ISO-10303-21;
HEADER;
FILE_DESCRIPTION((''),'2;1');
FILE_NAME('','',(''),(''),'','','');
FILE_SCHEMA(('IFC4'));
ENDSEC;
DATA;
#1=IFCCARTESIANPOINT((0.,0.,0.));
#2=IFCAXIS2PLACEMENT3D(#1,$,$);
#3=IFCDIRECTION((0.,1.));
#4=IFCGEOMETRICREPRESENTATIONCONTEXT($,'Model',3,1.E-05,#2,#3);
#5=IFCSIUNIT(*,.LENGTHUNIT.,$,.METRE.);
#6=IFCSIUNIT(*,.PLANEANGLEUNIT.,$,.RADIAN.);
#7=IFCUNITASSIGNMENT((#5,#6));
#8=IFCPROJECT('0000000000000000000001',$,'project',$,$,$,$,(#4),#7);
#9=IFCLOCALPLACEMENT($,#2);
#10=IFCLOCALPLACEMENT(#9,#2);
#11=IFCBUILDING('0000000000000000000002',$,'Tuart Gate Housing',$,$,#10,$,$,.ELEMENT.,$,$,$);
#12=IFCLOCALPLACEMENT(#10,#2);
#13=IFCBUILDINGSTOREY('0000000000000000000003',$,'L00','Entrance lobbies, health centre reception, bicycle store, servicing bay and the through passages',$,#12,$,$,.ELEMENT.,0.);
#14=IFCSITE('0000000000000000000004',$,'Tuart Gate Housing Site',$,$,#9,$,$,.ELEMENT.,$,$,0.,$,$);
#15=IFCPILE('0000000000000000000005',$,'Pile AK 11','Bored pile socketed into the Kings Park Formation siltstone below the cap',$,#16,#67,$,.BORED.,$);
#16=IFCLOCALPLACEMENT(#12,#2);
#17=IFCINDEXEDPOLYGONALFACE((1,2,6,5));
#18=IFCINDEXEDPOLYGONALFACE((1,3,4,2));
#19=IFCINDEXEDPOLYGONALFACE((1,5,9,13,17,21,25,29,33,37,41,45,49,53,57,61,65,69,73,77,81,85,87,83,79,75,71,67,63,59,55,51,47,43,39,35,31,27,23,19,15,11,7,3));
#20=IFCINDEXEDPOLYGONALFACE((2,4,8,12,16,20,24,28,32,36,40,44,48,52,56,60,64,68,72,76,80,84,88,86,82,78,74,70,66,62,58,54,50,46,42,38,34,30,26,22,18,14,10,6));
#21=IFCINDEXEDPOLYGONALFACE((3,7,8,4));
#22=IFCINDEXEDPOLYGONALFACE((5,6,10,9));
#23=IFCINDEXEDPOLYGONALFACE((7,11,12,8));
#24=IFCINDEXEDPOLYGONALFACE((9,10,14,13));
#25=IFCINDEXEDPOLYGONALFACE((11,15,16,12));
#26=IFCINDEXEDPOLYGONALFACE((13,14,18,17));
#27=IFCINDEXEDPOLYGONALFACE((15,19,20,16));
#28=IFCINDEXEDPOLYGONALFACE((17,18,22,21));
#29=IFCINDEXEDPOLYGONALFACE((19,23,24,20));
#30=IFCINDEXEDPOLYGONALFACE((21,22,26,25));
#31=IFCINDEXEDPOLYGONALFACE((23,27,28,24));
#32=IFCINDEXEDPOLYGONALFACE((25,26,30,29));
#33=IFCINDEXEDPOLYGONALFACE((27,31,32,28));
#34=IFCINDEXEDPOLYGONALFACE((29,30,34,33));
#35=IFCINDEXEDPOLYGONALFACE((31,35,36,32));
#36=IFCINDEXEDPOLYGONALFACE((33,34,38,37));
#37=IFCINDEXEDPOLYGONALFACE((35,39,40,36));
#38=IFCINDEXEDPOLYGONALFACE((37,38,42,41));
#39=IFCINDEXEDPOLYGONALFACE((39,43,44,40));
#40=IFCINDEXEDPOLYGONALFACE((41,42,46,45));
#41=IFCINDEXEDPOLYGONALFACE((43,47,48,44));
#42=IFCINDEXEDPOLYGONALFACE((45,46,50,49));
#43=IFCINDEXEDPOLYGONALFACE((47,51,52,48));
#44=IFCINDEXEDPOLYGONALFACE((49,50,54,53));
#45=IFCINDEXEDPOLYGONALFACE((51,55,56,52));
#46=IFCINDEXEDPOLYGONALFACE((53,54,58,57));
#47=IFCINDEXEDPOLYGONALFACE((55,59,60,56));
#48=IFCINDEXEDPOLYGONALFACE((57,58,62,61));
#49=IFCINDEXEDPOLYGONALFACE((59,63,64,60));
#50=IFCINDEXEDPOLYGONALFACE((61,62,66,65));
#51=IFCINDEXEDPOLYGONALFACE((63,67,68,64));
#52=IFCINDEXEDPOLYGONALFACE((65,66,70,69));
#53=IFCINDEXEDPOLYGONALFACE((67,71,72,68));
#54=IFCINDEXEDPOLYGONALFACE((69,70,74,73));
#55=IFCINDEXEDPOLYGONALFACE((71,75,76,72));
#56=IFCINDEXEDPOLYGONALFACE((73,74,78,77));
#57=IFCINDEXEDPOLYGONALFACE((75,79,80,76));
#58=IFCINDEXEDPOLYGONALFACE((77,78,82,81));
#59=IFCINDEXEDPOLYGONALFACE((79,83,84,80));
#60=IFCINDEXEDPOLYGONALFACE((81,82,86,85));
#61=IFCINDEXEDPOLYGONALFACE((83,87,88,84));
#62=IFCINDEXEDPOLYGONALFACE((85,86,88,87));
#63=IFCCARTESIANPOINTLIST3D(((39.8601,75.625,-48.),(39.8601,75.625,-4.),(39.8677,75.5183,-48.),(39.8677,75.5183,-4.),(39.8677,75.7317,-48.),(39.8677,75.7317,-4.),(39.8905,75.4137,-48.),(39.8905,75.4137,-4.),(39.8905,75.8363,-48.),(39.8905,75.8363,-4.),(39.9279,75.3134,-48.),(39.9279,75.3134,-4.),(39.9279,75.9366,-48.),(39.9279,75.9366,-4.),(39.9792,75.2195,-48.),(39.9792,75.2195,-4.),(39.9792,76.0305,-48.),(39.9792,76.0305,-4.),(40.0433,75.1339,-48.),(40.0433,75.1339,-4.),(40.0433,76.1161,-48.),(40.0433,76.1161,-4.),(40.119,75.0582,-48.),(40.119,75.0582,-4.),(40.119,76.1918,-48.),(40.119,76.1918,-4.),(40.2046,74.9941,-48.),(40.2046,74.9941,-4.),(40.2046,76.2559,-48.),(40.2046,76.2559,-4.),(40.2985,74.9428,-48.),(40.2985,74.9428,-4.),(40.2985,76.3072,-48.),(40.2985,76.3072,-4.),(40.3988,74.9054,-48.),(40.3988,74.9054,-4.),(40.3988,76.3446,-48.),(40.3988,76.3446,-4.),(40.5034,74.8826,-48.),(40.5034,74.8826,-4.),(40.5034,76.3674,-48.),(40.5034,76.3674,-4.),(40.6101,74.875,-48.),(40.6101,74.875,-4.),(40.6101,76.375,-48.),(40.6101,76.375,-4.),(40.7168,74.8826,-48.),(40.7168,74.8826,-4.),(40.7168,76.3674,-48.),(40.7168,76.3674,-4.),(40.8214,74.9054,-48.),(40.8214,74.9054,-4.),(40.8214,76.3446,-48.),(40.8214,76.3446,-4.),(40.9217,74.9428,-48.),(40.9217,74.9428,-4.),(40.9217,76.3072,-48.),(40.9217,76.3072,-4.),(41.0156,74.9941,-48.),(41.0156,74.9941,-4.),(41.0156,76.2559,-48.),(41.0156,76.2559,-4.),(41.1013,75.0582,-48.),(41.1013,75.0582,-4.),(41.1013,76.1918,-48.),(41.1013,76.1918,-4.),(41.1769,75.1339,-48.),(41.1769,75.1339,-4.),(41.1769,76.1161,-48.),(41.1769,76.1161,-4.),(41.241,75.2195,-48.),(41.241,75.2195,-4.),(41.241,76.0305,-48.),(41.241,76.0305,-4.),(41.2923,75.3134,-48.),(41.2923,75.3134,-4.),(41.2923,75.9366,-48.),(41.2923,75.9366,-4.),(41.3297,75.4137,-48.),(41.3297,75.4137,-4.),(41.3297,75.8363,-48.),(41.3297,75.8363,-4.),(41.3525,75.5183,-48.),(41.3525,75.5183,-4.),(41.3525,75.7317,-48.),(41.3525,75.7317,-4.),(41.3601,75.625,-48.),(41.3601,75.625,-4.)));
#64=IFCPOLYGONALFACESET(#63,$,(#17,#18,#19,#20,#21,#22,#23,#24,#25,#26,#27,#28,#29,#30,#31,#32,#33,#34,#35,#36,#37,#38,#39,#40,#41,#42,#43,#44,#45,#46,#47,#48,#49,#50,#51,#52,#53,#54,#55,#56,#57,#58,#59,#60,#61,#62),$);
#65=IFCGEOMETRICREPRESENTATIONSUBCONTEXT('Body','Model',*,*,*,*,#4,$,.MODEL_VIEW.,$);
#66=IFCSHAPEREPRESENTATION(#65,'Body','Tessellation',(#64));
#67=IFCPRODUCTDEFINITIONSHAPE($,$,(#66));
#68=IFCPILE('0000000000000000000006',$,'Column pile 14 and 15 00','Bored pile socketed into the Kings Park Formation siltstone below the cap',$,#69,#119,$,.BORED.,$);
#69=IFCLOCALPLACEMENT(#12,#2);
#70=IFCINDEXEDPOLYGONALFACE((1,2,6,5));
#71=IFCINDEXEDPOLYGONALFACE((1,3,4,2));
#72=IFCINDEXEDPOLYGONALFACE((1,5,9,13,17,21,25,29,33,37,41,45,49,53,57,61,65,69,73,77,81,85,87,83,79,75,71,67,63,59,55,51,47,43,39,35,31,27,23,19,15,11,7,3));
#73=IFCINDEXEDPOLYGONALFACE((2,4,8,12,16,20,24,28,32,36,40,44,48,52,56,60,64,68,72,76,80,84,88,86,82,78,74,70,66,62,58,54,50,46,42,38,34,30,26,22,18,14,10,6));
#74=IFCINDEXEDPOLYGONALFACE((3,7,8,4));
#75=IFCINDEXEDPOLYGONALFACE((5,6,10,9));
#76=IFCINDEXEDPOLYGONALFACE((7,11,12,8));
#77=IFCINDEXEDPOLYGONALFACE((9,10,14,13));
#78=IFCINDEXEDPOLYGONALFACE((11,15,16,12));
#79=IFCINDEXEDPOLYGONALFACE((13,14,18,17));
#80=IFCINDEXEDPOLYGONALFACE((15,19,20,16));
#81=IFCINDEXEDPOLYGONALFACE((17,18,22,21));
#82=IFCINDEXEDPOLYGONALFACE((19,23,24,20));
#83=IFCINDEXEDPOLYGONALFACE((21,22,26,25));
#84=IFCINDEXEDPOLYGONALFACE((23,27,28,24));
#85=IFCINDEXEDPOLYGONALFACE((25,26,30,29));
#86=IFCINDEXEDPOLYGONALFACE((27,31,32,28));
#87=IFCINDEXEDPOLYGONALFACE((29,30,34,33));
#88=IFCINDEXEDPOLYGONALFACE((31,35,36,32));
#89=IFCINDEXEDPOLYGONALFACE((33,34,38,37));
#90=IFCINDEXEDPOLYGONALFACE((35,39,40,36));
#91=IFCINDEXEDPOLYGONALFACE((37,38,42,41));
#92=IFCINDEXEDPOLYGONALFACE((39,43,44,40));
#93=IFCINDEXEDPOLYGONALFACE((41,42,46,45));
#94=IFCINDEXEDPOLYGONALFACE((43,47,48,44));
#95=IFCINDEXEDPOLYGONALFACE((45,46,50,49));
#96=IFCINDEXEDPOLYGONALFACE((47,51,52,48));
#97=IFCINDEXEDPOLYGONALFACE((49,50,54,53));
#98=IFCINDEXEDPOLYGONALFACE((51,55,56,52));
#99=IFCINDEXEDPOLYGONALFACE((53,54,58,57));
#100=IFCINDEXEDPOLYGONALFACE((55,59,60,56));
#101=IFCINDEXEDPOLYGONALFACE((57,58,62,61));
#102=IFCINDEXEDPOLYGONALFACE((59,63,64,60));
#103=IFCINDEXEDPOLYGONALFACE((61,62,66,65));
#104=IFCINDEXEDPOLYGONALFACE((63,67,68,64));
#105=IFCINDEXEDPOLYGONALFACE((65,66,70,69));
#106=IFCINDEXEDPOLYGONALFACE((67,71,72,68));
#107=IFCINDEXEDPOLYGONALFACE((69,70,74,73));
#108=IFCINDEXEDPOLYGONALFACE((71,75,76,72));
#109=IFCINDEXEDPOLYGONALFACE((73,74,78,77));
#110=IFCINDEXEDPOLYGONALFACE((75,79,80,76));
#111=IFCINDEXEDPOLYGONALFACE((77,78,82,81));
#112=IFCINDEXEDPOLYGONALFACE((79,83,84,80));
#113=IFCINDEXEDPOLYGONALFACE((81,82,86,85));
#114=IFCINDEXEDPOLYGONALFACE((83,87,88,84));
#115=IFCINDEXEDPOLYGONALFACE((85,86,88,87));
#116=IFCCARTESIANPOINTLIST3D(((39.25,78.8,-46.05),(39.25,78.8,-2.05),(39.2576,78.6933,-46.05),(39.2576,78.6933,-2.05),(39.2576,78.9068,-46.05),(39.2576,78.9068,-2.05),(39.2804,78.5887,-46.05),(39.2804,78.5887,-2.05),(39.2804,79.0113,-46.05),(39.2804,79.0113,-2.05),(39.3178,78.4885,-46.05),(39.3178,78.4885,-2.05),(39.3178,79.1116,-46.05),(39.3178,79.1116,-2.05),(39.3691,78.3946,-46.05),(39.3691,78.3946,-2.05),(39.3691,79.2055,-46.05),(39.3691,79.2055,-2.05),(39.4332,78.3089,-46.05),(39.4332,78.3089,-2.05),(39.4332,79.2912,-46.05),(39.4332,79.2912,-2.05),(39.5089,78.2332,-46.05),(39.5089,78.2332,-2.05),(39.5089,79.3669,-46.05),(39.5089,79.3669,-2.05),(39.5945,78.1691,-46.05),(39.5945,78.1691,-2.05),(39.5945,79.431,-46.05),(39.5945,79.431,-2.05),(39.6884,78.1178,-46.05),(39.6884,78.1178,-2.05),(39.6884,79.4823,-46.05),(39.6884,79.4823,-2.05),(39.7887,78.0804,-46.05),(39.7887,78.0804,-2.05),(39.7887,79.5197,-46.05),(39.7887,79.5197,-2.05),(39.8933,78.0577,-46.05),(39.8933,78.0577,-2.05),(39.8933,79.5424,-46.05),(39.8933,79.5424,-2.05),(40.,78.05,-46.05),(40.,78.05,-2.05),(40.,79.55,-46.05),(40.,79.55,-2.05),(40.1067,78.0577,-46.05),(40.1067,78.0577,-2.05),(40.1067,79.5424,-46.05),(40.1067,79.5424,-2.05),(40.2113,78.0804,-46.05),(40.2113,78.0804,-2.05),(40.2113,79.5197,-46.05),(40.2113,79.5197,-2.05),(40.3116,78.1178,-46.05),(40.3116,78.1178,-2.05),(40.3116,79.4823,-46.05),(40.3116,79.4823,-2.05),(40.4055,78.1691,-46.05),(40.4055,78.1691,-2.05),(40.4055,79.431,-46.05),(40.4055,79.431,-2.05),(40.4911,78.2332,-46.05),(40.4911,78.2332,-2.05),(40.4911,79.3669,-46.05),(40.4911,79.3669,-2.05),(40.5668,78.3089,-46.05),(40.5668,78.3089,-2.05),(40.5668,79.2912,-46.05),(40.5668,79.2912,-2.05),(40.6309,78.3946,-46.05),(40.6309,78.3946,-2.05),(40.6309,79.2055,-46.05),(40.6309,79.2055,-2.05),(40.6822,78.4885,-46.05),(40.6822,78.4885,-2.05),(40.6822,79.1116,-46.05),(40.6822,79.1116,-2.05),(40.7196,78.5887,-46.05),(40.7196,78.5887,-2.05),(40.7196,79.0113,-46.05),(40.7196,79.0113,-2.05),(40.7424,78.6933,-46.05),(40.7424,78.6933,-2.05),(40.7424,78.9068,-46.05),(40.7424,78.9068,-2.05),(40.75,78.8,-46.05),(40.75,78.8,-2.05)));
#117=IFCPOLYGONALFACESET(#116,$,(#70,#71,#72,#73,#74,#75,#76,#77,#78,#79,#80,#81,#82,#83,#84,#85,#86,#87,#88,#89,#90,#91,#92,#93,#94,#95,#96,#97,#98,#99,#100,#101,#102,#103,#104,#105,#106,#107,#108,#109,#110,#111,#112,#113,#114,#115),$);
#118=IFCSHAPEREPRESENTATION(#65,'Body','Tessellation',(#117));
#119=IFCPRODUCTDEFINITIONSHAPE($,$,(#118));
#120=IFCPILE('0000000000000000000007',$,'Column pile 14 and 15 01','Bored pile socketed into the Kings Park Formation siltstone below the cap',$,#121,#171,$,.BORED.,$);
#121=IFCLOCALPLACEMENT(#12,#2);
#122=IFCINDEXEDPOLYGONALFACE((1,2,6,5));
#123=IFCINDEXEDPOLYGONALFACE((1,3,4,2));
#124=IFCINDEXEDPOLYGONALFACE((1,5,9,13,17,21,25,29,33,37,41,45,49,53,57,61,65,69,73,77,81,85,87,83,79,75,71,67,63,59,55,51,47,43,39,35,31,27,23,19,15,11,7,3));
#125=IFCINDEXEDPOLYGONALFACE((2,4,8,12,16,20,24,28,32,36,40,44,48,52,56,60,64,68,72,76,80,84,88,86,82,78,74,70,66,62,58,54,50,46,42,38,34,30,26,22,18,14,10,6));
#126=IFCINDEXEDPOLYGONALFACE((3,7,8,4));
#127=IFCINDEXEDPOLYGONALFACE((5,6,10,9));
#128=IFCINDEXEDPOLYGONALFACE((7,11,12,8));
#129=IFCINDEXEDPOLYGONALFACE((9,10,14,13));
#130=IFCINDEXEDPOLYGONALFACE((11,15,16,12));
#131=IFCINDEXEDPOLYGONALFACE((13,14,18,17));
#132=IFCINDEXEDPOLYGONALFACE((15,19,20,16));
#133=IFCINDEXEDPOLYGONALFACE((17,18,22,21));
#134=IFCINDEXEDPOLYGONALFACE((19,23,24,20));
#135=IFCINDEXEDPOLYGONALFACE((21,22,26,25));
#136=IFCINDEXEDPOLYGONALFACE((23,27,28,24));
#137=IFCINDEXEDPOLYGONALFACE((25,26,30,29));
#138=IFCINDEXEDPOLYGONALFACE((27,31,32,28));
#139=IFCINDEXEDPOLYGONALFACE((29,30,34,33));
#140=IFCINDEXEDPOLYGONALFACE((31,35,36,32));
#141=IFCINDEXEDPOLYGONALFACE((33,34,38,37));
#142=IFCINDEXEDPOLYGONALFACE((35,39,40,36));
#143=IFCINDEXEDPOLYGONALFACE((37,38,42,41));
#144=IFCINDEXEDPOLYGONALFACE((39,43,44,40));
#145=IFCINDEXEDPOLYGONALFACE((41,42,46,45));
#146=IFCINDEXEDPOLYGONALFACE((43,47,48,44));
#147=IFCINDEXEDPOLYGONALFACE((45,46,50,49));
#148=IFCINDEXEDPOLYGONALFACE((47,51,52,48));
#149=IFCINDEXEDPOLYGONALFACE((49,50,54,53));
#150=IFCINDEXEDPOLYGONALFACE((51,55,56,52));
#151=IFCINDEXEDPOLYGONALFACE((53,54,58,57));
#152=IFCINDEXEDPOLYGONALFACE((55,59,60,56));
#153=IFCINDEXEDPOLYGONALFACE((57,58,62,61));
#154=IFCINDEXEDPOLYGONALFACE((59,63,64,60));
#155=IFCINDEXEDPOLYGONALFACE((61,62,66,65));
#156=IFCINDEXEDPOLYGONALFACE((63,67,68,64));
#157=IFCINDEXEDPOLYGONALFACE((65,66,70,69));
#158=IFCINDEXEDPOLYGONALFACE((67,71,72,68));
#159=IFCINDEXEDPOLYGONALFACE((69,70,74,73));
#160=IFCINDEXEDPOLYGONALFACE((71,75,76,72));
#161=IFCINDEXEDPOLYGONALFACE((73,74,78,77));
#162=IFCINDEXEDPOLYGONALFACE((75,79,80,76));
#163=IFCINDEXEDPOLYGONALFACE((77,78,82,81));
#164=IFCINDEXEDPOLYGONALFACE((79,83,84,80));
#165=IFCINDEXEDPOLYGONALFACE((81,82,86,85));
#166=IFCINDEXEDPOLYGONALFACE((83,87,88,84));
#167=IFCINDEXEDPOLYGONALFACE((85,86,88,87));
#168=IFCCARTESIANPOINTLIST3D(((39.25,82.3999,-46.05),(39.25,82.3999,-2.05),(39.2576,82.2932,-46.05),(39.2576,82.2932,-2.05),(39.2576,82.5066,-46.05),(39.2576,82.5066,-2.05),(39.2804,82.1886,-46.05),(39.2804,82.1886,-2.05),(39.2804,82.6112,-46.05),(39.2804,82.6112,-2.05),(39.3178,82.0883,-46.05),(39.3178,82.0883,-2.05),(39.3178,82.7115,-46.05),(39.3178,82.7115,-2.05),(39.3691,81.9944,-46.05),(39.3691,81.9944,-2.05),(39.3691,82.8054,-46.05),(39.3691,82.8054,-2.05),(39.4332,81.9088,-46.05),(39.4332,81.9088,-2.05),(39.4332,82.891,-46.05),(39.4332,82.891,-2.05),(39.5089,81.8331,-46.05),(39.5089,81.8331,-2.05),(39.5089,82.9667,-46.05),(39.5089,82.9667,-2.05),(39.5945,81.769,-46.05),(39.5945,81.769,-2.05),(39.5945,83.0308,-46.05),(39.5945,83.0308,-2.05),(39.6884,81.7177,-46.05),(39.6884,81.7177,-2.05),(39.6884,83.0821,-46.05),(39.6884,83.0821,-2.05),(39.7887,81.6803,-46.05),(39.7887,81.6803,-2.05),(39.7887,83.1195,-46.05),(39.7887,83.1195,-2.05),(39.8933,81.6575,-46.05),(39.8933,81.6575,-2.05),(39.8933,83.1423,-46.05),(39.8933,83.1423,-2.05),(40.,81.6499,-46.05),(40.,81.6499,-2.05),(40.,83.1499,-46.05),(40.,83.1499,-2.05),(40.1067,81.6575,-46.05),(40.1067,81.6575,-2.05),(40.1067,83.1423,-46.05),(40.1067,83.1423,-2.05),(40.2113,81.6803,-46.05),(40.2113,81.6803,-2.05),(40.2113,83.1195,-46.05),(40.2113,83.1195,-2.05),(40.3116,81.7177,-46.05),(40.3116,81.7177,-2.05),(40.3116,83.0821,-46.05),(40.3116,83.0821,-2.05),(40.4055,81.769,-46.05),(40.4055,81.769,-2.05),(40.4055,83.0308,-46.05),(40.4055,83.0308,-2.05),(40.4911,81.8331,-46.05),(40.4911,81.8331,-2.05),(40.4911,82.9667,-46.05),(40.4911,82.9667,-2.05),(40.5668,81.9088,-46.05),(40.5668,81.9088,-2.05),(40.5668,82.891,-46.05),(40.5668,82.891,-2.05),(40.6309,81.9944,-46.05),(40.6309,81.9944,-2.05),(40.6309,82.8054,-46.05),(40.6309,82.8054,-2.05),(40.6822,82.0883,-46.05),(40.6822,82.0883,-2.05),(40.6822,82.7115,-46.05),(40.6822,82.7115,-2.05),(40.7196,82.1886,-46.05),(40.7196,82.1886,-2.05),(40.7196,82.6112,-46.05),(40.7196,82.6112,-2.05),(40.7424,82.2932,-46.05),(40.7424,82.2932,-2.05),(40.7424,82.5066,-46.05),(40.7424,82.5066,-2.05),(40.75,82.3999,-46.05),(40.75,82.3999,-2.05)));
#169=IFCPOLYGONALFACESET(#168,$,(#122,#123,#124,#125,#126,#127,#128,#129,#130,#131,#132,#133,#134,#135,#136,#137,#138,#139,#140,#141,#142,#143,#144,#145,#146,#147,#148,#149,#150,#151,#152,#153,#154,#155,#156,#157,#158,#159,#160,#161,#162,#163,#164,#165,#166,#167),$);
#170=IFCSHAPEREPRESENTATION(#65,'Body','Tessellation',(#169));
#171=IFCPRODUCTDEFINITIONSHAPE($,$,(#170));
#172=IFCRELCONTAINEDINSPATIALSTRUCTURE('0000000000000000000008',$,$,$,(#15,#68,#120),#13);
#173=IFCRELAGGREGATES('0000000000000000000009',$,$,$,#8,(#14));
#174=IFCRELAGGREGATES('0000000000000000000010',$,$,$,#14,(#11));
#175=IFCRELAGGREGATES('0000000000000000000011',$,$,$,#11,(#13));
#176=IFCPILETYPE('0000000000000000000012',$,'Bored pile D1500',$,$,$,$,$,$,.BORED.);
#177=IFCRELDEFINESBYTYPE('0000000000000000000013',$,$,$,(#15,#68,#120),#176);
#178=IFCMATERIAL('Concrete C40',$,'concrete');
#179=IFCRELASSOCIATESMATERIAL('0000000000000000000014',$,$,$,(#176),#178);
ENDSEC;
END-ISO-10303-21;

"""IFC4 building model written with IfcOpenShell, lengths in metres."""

from ifc_helpers import new_model, si_unit, direction, frame, origin, origin_2d, place, context, subcontext, project, spatial, circle, extrude, material, material_profile, profile_set, type_object, element, save


model = new_model("IFC4")

# Units and contexts
model_context = context("Model", 3, precision=1e-05, world=origin(), true_north=direction((0.0, 1.0)))
body_context = subcontext(model_context, "Body", "Model", "MODEL_VIEW")
ifc_project = project(units=[si_unit("LENGTHUNIT", "METRE"), si_unit("PLANEANGLEUNIT", "RADIAN")], contexts=[model_context])

# Site, building, storey
site_placement = place(None, origin())
site = spatial("IfcSite", under=ifc_project, at=site_placement, Name="Tuart Gate Housing Site", CompositionType="ELEMENT", RefElevation=0.0)
building_placement = place(site_placement, origin())
building = spatial("IfcBuilding", under=site, at=building_placement, Name="Tuart Gate Housing", CompositionType="ELEMENT")
storey_placement = place(building_placement, origin())
storey = spatial("IfcBuildingStorey", under=building, at=storey_placement, Name="L00", Description="Entrance lobbies, health centre reception, bicycle store, servicing bay and the through passages", CompositionType="ELEMENT", Elevation=0.0)

# Piles
ifc_material_1 = material(Name="Concrete C40", Category="concrete")
ifc_material_profile_1 = material_profile(ifc_material_1, circle(Radius=0.75, at=origin_2d()), Name="Bored pile D1500")
ifc_profile_set_1 = profile_set([ifc_material_profile_1], Name="Concrete C40")
pile_type_1 = type_object("IfcPileType", Name="Bored pile D1500", PredefinedType="BORED", material=ifc_profile_set_1)
for number, where, z_axis, x_axis, name in (
    (1, (40.6101, 75.625, -4.0), (0.0, 0.0, -1.0), (1.0, 0.0, 0.0), "Pile AK 11"),
    (2, (40.0, 78.8, -2.05), (0.0, 0.0, -1.0), (1.0, 0.0, 0.0), "Column pile 14 and 15 00"),
    (3, (40.0, 82.3999, -2.05), (0.0, 0.0, -1.0), (1.0, 0.0, 0.0), "Column pile 14 and 15 01"),
):
    element("IfcPile", number, at=place(storey_placement, frame(where, z_axis=z_axis, x_axis=x_axis)), inside=storey, type_object=pile_type_1, Name=name, Description="Bored pile socketed into the Kings Park Formation siltstone below the cap", PredefinedType="BORED", context=body_context, shape_type="SweptSolid", body=[
        extrude(circle(Radius=0.75, at=origin_2d()), origin(), (0.0, 0.0, 1.0), 44.0),
    ])

save(model, "model.ifc")
